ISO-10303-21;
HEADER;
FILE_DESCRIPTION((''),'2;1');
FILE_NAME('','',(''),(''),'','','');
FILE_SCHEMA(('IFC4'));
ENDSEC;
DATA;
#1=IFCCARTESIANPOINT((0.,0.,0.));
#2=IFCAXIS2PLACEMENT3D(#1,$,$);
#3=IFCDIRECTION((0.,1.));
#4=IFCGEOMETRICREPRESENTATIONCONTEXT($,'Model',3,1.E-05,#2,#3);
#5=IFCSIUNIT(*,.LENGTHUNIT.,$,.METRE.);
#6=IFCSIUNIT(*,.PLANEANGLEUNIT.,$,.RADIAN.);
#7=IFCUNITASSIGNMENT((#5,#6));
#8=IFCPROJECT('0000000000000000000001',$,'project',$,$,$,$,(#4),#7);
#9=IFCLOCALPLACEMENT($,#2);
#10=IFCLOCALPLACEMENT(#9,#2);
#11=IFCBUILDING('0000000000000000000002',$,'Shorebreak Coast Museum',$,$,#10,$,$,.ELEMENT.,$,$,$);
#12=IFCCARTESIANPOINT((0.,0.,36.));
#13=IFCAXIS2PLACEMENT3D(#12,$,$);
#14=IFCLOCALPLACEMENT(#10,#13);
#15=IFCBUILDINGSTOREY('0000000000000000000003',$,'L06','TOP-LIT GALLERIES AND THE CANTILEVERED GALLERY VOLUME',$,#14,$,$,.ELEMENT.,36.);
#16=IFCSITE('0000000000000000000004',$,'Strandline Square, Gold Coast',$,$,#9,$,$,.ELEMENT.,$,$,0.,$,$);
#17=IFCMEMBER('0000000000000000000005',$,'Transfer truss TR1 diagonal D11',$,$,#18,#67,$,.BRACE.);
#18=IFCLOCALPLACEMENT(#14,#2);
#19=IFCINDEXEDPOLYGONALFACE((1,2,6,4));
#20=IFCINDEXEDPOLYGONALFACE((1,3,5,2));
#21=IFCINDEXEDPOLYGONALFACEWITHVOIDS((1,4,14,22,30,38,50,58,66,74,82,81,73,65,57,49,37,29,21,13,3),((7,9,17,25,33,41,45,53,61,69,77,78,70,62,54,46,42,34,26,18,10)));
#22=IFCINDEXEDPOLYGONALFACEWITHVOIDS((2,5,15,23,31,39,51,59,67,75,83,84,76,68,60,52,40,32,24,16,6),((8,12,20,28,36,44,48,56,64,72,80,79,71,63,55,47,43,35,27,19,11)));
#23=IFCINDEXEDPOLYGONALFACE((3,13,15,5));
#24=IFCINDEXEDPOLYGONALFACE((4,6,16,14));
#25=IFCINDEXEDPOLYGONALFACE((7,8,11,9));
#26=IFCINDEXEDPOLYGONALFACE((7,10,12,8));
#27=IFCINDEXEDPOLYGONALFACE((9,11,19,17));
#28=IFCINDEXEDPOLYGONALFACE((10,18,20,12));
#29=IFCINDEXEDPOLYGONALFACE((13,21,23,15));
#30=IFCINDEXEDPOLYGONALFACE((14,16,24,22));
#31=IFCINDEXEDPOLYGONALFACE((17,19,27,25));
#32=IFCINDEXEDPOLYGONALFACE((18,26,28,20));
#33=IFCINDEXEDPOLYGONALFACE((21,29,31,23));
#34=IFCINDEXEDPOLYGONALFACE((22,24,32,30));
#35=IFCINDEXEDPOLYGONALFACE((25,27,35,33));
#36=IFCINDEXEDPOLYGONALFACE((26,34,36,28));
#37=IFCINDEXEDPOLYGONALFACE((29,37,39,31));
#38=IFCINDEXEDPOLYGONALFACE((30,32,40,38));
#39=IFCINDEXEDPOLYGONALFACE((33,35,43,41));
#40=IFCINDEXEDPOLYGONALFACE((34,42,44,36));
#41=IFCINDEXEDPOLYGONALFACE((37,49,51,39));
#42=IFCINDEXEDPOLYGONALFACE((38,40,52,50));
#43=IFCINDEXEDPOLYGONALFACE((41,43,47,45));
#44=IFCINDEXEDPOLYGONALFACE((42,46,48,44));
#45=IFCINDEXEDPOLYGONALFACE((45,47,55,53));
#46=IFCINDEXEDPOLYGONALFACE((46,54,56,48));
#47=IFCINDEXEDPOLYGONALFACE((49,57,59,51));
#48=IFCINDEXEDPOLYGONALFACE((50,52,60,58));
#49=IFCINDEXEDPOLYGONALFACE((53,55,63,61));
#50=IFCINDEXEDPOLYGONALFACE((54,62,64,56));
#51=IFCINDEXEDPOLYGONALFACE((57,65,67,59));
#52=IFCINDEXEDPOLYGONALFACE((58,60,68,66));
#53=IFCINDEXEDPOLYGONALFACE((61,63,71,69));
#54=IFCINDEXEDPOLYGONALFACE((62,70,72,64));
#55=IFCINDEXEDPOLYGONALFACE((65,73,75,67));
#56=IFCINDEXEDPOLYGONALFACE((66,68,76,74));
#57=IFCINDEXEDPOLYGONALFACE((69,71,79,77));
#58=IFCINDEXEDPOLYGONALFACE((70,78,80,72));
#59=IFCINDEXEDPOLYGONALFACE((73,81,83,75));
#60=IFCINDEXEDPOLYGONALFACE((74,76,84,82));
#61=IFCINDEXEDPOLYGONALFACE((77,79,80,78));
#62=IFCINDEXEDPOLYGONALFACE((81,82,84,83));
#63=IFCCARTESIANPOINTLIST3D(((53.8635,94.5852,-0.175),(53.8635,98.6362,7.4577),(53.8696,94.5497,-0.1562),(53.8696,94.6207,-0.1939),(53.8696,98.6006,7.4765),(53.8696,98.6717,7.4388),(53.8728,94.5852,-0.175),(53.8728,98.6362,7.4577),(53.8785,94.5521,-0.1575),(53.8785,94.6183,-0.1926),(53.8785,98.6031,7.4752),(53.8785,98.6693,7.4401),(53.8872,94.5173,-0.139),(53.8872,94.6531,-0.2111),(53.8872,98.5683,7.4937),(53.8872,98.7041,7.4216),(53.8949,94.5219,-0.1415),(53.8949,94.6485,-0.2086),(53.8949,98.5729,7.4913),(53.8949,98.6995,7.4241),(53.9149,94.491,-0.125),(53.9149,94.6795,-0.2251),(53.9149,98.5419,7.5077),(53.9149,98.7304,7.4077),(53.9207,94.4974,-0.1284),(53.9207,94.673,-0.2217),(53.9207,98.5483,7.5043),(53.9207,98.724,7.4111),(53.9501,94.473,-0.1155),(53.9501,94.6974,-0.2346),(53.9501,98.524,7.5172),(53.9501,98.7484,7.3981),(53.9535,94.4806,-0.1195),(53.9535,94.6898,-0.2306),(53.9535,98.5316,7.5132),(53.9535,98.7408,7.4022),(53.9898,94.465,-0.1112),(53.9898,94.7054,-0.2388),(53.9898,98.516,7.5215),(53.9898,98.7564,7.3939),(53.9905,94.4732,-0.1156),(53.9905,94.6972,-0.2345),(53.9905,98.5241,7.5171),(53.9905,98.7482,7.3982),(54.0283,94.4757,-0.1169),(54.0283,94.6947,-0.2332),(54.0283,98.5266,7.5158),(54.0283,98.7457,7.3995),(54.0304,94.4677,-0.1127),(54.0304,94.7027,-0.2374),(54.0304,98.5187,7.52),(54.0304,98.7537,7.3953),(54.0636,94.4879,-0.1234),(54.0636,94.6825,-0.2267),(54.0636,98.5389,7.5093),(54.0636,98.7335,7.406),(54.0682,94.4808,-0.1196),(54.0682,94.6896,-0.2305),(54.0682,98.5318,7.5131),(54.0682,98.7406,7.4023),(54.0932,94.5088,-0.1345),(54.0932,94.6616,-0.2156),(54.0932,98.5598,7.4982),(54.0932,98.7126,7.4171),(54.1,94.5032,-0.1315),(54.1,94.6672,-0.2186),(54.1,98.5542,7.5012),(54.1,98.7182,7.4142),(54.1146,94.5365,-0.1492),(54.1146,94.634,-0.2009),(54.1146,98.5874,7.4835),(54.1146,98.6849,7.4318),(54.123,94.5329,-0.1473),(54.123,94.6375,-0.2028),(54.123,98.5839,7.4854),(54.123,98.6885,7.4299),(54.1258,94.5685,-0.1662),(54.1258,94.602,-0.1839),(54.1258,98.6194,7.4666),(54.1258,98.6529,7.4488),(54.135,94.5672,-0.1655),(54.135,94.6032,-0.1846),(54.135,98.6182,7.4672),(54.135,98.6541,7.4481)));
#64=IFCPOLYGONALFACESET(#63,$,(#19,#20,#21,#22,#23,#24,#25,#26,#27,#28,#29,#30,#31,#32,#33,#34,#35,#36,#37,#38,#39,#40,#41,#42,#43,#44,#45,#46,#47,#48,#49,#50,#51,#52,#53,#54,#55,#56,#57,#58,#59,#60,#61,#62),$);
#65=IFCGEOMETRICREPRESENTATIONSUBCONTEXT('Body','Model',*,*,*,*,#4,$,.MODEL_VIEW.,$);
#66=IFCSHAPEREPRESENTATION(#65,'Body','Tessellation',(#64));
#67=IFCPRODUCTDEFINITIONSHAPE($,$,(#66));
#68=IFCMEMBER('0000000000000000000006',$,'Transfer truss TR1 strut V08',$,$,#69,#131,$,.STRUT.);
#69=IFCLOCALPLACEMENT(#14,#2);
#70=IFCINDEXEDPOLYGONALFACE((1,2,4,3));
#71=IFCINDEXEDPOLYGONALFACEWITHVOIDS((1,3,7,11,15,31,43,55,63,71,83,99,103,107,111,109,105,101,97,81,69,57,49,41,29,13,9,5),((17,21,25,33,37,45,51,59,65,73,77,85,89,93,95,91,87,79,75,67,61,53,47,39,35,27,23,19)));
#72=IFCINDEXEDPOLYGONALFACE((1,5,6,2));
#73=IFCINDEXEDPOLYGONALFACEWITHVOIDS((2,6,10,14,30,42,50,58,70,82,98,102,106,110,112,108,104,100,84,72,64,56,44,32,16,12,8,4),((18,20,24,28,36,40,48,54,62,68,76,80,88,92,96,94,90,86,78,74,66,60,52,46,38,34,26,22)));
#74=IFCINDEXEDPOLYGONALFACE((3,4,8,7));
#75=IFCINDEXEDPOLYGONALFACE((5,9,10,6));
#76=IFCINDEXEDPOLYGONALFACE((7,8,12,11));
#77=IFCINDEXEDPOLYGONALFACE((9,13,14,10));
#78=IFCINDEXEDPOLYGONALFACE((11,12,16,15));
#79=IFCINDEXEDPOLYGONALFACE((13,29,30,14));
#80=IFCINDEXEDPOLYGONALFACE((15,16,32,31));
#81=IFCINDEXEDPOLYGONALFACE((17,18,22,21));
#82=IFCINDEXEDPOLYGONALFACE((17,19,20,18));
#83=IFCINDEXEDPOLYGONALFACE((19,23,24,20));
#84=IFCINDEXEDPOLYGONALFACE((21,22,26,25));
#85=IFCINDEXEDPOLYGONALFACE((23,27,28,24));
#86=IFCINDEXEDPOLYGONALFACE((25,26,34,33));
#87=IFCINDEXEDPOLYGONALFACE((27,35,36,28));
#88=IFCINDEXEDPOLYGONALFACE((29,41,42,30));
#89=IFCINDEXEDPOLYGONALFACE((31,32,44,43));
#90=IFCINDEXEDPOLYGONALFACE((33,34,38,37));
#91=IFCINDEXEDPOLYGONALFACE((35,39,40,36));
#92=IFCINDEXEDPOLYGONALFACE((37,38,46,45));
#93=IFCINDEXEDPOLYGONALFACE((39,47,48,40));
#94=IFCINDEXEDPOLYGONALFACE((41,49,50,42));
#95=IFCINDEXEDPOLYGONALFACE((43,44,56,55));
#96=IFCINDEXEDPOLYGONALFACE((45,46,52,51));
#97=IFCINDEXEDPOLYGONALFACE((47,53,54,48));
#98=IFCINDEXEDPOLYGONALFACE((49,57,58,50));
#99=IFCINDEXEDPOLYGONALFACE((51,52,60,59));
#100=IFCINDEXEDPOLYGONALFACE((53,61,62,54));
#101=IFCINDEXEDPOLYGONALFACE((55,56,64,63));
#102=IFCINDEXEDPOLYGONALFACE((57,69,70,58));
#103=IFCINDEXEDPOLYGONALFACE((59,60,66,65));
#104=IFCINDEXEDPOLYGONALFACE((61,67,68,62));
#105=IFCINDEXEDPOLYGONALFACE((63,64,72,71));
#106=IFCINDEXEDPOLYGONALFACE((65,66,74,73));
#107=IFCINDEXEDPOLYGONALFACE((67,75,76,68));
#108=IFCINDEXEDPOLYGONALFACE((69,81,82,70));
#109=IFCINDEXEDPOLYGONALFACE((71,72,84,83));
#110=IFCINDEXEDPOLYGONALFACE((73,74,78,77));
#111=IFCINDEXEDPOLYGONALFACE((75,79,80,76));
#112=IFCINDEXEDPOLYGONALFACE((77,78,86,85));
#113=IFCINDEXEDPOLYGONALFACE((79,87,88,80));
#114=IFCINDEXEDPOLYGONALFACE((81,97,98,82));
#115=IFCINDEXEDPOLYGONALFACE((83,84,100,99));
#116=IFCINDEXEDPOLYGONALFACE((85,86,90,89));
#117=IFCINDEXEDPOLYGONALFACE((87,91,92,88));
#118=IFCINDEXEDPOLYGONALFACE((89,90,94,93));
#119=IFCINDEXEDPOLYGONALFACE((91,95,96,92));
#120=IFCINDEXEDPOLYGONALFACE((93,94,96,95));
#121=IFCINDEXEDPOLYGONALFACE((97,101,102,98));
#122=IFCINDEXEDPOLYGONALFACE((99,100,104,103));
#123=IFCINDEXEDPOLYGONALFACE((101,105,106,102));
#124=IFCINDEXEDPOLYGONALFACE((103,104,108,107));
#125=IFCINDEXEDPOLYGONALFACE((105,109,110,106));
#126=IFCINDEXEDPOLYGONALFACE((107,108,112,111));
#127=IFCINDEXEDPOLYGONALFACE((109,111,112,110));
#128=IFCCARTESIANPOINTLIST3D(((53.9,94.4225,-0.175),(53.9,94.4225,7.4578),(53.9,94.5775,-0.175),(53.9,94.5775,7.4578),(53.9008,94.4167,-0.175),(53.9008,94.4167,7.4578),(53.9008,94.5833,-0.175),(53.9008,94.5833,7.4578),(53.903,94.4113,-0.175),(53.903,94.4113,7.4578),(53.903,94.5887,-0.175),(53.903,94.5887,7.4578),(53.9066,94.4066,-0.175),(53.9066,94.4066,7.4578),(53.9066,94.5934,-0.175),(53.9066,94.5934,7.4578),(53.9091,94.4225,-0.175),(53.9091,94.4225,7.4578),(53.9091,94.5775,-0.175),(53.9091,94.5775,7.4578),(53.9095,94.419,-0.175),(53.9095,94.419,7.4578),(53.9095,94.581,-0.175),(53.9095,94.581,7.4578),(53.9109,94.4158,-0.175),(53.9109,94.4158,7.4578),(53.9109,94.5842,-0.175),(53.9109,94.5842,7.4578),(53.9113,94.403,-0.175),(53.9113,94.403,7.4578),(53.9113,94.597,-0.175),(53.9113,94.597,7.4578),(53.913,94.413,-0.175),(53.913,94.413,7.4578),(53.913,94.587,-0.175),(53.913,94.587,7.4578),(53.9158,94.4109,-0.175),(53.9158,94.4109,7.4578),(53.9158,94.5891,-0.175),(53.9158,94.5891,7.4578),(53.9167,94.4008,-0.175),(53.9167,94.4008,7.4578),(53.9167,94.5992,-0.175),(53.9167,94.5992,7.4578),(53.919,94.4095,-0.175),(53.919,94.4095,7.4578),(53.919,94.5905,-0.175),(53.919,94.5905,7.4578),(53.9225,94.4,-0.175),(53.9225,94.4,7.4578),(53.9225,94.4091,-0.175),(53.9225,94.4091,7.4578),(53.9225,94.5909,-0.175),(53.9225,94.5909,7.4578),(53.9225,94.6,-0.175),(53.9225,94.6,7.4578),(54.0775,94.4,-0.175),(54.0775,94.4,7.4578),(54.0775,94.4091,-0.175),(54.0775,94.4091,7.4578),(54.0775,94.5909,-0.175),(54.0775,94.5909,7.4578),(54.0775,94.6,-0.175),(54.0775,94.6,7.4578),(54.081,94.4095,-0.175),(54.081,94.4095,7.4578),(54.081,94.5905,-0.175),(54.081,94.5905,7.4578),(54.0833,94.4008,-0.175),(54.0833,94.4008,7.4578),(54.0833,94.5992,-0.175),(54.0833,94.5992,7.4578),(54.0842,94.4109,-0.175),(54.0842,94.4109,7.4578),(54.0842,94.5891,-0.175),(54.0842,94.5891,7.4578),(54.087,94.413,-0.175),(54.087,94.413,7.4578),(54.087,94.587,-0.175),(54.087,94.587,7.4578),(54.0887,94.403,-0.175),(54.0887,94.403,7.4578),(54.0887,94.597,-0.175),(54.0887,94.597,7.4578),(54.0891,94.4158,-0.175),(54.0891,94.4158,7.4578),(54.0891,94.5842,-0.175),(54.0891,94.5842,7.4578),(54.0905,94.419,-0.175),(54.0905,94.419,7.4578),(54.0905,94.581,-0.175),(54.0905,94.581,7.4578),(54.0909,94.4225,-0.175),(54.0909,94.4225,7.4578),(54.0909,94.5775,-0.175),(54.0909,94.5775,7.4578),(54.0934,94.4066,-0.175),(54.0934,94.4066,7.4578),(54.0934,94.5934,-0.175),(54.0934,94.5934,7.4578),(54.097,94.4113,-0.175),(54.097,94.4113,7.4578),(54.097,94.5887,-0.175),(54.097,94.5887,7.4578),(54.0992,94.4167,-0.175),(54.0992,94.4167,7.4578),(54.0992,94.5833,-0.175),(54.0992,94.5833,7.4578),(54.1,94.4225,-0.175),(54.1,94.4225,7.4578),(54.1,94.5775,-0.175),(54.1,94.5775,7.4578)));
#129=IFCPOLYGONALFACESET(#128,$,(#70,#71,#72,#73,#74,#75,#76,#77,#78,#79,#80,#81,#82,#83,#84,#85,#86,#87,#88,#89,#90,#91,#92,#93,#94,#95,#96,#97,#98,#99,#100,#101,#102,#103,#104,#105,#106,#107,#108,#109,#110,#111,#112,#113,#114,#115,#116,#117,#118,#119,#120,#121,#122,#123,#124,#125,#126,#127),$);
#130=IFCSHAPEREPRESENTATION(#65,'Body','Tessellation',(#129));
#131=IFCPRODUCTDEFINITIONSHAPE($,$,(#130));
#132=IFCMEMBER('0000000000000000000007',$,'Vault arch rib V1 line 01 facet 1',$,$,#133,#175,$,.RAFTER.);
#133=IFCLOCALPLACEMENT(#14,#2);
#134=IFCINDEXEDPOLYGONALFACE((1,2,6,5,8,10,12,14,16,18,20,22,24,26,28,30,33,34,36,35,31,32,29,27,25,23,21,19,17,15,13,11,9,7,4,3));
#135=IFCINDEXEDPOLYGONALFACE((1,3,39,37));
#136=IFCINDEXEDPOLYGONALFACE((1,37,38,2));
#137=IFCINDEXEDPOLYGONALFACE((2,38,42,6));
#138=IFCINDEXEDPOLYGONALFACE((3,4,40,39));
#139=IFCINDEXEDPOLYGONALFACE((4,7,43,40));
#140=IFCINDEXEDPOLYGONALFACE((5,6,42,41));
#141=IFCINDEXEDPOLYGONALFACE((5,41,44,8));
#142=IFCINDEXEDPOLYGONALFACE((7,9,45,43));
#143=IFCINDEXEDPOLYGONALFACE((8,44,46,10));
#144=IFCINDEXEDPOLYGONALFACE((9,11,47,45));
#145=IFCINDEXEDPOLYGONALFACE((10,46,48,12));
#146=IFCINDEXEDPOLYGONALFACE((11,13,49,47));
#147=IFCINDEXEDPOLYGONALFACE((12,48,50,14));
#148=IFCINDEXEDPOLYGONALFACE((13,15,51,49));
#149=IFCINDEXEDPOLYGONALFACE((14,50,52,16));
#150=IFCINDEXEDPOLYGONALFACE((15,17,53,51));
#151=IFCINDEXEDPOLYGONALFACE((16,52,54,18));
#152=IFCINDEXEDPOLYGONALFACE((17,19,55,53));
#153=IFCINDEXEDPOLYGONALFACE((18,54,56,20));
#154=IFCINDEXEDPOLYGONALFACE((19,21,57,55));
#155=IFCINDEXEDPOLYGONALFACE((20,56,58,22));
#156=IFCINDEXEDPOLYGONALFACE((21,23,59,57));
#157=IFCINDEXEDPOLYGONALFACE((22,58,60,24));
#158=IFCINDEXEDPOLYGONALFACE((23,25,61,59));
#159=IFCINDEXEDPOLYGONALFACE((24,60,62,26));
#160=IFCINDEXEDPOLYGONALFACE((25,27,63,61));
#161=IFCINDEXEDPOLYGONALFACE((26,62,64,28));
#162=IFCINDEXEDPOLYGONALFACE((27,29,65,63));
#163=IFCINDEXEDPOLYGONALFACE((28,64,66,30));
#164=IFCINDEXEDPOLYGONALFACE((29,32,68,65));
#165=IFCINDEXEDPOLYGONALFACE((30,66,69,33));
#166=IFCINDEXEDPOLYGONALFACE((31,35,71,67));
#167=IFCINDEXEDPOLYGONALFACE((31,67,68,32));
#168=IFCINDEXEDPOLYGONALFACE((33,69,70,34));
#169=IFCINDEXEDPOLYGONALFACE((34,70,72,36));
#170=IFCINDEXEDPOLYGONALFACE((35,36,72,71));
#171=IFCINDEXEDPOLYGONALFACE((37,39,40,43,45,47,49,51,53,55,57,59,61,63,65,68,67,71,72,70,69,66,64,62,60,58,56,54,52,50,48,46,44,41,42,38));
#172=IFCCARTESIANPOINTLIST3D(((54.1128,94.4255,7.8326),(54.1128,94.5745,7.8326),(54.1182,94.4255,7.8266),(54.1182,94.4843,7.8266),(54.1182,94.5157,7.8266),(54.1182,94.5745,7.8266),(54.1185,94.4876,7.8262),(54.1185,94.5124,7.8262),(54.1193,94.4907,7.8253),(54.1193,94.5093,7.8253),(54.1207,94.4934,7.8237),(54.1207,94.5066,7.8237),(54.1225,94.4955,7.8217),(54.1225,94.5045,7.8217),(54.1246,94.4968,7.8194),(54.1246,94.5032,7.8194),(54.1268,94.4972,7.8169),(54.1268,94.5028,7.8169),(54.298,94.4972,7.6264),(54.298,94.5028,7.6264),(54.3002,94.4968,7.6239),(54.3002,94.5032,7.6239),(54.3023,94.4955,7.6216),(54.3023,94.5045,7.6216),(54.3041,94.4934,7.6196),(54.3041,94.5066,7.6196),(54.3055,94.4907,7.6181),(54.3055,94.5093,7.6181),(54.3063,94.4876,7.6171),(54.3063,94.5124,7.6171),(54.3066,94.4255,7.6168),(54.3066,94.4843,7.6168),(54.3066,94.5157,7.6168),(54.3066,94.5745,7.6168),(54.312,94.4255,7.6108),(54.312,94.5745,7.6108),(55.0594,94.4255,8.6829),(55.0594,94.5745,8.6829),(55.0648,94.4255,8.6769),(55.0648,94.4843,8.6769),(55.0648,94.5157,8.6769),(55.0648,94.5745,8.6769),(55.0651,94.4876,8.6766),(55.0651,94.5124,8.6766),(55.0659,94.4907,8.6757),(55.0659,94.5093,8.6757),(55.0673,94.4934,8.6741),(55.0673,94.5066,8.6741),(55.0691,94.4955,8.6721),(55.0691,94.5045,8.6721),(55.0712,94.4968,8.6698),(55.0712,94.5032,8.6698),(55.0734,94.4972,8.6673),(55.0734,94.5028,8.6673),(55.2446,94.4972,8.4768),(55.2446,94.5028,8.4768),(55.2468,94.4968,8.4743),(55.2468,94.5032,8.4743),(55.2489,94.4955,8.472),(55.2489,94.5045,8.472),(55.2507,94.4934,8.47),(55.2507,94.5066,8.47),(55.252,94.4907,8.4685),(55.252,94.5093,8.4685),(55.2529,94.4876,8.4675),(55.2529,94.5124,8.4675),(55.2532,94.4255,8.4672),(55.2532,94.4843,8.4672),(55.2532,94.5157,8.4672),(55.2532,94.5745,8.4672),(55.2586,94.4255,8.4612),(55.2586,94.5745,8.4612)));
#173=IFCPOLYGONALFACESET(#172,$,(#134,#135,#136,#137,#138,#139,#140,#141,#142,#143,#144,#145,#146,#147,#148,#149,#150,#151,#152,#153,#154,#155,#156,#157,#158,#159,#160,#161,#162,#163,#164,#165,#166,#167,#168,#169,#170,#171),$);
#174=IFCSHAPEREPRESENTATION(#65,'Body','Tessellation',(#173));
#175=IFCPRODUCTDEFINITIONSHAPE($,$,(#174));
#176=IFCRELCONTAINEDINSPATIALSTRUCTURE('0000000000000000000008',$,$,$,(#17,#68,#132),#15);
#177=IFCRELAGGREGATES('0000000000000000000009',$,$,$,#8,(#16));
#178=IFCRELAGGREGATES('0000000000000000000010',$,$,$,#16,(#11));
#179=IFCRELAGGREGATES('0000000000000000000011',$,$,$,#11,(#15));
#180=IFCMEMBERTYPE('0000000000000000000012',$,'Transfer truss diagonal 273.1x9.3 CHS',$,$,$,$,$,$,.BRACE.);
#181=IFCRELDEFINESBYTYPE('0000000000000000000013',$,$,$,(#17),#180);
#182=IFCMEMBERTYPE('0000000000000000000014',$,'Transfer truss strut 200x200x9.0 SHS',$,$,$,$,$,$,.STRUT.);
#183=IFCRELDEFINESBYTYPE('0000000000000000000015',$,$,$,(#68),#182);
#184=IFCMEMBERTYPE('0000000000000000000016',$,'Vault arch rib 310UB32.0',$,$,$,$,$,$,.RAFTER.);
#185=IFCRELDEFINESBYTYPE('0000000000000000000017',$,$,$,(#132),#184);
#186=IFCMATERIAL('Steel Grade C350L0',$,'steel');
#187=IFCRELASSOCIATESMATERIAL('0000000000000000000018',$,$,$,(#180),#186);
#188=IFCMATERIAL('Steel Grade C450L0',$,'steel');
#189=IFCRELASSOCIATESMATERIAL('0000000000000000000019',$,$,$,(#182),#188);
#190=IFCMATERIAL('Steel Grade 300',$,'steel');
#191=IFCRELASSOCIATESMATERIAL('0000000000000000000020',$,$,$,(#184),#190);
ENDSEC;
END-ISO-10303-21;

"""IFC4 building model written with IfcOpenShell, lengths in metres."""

from ifc_helpers import new_model, si_unit, direction, frame, origin, origin_2d, place, context, subcontext, project, spatial, hollow_rectangle, hollow_circle, i_section, extrude, material, material_profile, profile_set, type_object, element, save


model = new_model("IFC4")

# Units and contexts
model_context = context("Model", 3, precision=1e-05, world=origin(), true_north=direction((0.0, 1.0)))
body_context = subcontext(model_context, "Body", "Model", "MODEL_VIEW")
ifc_project = project(units=[si_unit("LENGTHUNIT", "METRE"), si_unit("PLANEANGLEUNIT", "RADIAN")], contexts=[model_context])

# Site, building, storey
site_placement = place(None, origin())
site = spatial("IfcSite", under=ifc_project, at=site_placement, Name="Strandline Square, Gold Coast", CompositionType="ELEMENT", RefElevation=0.0)
building_placement = place(site_placement, origin())
building = spatial("IfcBuilding", under=site, at=building_placement, Name="Shorebreak Coast Museum", CompositionType="ELEMENT")
storey_placement = place(building_placement, frame((0.0, 0.0, 36.0)))
storey = spatial("IfcBuildingStorey", under=building, at=storey_placement, Name="L06", Description="TOP-LIT GALLERIES AND THE CANTILEVERED GALLERY VOLUME", CompositionType="ELEMENT", Elevation=36.0)

# Members
ifc_material_1 = material(Name="Steel Grade C350L0", Category="steel")
ifc_material_profile_1 = material_profile(ifc_material_1, hollow_circle(Radius=0.1365, WallThickness=0.0093, at=origin_2d()), Name="273.1x9.3 CHS")
ifc_profile_set_1 = profile_set([ifc_material_profile_1], Name="Steel Grade C350L0")
member_type_1 = type_object("IfcMemberType", Name="Transfer truss diagonal 273.1x9.3 CHS", PredefinedType="BRACE", material=ifc_profile_set_1)
member_1_placement = place(storey_placement, frame((54.0, 94.5852, -0.175), z_axis=(0.0, 0.468803, 0.883303), x_axis=(-1.0, 0.0, 0.0)))
element("IfcMember", 1, at=member_1_placement, inside=storey, type_object=member_type_1, Name="Transfer truss TR1 diagonal D11", PredefinedType="BRACE", context=body_context, shape_type="SweptSolid", body=[
    extrude(hollow_circle(Radius=0.1365, WallThickness=0.0093, at=origin_2d()), origin(), (0.0, 0.0, 1.0), 8.6411),
])
ifc_material_2 = material(Name="Steel Grade C450L0", Category="steel")
ifc_material_profile_2 = material_profile(ifc_material_2, hollow_rectangle(XDim=0.2, YDim=0.2, WallThickness=0.009, InnerFilletRadius=0.0134, OuterFilletRadius=0.0225, at=origin_2d()), Name="200x200x9.0 SHS")
ifc_profile_set_2 = profile_set([ifc_material_profile_2], Name="Steel Grade C450L0")
member_type_2 = type_object("IfcMemberType", Name="Transfer truss strut 200x200x9.0 SHS", PredefinedType="STRUT", material=ifc_profile_set_2)
member_2_placement = place(storey_placement, frame((54.0, 94.5, -0.175), z_axis=(0.0, 0.0, 1.0), x_axis=(1.0, 0.0, 0.0)))
element("IfcMember", 2, at=member_2_placement, inside=storey, type_object=member_type_2, Name="Transfer truss TR1 strut V08", PredefinedType="STRUT", context=body_context, shape_type="SweptSolid", body=[
    extrude(hollow_rectangle(XDim=0.2, YDim=0.2, WallThickness=0.009, InnerFilletRadius=0.0134, OuterFilletRadius=0.0225, at=origin_2d()), origin(), (0.0, 0.0, 1.0), 7.6328),
])
ifc_material_3 = material(Name="Steel Grade 300", Category="steel")
ifc_material_profile_3 = material_profile(ifc_material_3, i_section(OverallWidth=0.1489, OverallDepth=0.2981, WebThickness=0.0056, FlangeThickness=0.0081, FilletRadius=0.0129, at=origin_2d()), Name="310UB32.0")
ifc_profile_set_3 = profile_set([ifc_material_profile_3], Name="Steel Grade 300")
member_type_3 = type_object("IfcMemberType", Name="Vault arch rib 310UB32.0", PredefinedType="RAFTER", material=ifc_profile_set_3)
for number, where, z_axis, x_axis, name in (
    (3, (54.2124, 94.5, 7.7217), (0.743895, 0.0, 0.668297), (0.0, 1.0, 0.0), "Vault arch rib V1 line 01 facet 1"),
):
    element("IfcMember", number, at=place(storey_placement, frame(where, z_axis=z_axis, x_axis=x_axis)), inside=storey, type_object=member_type_3, Name=name, PredefinedType="RAFTER", context=body_context, shape_type="SweptSolid", body=[
        extrude(i_section(OverallWidth=0.1489, OverallDepth=0.2981, WebThickness=0.0056, FlangeThickness=0.0081, FilletRadius=0.0129, at=origin_2d()), origin(), (0.0, 0.0, 1.0), 1.2725),
    ])

save(model, "model.ifc")
